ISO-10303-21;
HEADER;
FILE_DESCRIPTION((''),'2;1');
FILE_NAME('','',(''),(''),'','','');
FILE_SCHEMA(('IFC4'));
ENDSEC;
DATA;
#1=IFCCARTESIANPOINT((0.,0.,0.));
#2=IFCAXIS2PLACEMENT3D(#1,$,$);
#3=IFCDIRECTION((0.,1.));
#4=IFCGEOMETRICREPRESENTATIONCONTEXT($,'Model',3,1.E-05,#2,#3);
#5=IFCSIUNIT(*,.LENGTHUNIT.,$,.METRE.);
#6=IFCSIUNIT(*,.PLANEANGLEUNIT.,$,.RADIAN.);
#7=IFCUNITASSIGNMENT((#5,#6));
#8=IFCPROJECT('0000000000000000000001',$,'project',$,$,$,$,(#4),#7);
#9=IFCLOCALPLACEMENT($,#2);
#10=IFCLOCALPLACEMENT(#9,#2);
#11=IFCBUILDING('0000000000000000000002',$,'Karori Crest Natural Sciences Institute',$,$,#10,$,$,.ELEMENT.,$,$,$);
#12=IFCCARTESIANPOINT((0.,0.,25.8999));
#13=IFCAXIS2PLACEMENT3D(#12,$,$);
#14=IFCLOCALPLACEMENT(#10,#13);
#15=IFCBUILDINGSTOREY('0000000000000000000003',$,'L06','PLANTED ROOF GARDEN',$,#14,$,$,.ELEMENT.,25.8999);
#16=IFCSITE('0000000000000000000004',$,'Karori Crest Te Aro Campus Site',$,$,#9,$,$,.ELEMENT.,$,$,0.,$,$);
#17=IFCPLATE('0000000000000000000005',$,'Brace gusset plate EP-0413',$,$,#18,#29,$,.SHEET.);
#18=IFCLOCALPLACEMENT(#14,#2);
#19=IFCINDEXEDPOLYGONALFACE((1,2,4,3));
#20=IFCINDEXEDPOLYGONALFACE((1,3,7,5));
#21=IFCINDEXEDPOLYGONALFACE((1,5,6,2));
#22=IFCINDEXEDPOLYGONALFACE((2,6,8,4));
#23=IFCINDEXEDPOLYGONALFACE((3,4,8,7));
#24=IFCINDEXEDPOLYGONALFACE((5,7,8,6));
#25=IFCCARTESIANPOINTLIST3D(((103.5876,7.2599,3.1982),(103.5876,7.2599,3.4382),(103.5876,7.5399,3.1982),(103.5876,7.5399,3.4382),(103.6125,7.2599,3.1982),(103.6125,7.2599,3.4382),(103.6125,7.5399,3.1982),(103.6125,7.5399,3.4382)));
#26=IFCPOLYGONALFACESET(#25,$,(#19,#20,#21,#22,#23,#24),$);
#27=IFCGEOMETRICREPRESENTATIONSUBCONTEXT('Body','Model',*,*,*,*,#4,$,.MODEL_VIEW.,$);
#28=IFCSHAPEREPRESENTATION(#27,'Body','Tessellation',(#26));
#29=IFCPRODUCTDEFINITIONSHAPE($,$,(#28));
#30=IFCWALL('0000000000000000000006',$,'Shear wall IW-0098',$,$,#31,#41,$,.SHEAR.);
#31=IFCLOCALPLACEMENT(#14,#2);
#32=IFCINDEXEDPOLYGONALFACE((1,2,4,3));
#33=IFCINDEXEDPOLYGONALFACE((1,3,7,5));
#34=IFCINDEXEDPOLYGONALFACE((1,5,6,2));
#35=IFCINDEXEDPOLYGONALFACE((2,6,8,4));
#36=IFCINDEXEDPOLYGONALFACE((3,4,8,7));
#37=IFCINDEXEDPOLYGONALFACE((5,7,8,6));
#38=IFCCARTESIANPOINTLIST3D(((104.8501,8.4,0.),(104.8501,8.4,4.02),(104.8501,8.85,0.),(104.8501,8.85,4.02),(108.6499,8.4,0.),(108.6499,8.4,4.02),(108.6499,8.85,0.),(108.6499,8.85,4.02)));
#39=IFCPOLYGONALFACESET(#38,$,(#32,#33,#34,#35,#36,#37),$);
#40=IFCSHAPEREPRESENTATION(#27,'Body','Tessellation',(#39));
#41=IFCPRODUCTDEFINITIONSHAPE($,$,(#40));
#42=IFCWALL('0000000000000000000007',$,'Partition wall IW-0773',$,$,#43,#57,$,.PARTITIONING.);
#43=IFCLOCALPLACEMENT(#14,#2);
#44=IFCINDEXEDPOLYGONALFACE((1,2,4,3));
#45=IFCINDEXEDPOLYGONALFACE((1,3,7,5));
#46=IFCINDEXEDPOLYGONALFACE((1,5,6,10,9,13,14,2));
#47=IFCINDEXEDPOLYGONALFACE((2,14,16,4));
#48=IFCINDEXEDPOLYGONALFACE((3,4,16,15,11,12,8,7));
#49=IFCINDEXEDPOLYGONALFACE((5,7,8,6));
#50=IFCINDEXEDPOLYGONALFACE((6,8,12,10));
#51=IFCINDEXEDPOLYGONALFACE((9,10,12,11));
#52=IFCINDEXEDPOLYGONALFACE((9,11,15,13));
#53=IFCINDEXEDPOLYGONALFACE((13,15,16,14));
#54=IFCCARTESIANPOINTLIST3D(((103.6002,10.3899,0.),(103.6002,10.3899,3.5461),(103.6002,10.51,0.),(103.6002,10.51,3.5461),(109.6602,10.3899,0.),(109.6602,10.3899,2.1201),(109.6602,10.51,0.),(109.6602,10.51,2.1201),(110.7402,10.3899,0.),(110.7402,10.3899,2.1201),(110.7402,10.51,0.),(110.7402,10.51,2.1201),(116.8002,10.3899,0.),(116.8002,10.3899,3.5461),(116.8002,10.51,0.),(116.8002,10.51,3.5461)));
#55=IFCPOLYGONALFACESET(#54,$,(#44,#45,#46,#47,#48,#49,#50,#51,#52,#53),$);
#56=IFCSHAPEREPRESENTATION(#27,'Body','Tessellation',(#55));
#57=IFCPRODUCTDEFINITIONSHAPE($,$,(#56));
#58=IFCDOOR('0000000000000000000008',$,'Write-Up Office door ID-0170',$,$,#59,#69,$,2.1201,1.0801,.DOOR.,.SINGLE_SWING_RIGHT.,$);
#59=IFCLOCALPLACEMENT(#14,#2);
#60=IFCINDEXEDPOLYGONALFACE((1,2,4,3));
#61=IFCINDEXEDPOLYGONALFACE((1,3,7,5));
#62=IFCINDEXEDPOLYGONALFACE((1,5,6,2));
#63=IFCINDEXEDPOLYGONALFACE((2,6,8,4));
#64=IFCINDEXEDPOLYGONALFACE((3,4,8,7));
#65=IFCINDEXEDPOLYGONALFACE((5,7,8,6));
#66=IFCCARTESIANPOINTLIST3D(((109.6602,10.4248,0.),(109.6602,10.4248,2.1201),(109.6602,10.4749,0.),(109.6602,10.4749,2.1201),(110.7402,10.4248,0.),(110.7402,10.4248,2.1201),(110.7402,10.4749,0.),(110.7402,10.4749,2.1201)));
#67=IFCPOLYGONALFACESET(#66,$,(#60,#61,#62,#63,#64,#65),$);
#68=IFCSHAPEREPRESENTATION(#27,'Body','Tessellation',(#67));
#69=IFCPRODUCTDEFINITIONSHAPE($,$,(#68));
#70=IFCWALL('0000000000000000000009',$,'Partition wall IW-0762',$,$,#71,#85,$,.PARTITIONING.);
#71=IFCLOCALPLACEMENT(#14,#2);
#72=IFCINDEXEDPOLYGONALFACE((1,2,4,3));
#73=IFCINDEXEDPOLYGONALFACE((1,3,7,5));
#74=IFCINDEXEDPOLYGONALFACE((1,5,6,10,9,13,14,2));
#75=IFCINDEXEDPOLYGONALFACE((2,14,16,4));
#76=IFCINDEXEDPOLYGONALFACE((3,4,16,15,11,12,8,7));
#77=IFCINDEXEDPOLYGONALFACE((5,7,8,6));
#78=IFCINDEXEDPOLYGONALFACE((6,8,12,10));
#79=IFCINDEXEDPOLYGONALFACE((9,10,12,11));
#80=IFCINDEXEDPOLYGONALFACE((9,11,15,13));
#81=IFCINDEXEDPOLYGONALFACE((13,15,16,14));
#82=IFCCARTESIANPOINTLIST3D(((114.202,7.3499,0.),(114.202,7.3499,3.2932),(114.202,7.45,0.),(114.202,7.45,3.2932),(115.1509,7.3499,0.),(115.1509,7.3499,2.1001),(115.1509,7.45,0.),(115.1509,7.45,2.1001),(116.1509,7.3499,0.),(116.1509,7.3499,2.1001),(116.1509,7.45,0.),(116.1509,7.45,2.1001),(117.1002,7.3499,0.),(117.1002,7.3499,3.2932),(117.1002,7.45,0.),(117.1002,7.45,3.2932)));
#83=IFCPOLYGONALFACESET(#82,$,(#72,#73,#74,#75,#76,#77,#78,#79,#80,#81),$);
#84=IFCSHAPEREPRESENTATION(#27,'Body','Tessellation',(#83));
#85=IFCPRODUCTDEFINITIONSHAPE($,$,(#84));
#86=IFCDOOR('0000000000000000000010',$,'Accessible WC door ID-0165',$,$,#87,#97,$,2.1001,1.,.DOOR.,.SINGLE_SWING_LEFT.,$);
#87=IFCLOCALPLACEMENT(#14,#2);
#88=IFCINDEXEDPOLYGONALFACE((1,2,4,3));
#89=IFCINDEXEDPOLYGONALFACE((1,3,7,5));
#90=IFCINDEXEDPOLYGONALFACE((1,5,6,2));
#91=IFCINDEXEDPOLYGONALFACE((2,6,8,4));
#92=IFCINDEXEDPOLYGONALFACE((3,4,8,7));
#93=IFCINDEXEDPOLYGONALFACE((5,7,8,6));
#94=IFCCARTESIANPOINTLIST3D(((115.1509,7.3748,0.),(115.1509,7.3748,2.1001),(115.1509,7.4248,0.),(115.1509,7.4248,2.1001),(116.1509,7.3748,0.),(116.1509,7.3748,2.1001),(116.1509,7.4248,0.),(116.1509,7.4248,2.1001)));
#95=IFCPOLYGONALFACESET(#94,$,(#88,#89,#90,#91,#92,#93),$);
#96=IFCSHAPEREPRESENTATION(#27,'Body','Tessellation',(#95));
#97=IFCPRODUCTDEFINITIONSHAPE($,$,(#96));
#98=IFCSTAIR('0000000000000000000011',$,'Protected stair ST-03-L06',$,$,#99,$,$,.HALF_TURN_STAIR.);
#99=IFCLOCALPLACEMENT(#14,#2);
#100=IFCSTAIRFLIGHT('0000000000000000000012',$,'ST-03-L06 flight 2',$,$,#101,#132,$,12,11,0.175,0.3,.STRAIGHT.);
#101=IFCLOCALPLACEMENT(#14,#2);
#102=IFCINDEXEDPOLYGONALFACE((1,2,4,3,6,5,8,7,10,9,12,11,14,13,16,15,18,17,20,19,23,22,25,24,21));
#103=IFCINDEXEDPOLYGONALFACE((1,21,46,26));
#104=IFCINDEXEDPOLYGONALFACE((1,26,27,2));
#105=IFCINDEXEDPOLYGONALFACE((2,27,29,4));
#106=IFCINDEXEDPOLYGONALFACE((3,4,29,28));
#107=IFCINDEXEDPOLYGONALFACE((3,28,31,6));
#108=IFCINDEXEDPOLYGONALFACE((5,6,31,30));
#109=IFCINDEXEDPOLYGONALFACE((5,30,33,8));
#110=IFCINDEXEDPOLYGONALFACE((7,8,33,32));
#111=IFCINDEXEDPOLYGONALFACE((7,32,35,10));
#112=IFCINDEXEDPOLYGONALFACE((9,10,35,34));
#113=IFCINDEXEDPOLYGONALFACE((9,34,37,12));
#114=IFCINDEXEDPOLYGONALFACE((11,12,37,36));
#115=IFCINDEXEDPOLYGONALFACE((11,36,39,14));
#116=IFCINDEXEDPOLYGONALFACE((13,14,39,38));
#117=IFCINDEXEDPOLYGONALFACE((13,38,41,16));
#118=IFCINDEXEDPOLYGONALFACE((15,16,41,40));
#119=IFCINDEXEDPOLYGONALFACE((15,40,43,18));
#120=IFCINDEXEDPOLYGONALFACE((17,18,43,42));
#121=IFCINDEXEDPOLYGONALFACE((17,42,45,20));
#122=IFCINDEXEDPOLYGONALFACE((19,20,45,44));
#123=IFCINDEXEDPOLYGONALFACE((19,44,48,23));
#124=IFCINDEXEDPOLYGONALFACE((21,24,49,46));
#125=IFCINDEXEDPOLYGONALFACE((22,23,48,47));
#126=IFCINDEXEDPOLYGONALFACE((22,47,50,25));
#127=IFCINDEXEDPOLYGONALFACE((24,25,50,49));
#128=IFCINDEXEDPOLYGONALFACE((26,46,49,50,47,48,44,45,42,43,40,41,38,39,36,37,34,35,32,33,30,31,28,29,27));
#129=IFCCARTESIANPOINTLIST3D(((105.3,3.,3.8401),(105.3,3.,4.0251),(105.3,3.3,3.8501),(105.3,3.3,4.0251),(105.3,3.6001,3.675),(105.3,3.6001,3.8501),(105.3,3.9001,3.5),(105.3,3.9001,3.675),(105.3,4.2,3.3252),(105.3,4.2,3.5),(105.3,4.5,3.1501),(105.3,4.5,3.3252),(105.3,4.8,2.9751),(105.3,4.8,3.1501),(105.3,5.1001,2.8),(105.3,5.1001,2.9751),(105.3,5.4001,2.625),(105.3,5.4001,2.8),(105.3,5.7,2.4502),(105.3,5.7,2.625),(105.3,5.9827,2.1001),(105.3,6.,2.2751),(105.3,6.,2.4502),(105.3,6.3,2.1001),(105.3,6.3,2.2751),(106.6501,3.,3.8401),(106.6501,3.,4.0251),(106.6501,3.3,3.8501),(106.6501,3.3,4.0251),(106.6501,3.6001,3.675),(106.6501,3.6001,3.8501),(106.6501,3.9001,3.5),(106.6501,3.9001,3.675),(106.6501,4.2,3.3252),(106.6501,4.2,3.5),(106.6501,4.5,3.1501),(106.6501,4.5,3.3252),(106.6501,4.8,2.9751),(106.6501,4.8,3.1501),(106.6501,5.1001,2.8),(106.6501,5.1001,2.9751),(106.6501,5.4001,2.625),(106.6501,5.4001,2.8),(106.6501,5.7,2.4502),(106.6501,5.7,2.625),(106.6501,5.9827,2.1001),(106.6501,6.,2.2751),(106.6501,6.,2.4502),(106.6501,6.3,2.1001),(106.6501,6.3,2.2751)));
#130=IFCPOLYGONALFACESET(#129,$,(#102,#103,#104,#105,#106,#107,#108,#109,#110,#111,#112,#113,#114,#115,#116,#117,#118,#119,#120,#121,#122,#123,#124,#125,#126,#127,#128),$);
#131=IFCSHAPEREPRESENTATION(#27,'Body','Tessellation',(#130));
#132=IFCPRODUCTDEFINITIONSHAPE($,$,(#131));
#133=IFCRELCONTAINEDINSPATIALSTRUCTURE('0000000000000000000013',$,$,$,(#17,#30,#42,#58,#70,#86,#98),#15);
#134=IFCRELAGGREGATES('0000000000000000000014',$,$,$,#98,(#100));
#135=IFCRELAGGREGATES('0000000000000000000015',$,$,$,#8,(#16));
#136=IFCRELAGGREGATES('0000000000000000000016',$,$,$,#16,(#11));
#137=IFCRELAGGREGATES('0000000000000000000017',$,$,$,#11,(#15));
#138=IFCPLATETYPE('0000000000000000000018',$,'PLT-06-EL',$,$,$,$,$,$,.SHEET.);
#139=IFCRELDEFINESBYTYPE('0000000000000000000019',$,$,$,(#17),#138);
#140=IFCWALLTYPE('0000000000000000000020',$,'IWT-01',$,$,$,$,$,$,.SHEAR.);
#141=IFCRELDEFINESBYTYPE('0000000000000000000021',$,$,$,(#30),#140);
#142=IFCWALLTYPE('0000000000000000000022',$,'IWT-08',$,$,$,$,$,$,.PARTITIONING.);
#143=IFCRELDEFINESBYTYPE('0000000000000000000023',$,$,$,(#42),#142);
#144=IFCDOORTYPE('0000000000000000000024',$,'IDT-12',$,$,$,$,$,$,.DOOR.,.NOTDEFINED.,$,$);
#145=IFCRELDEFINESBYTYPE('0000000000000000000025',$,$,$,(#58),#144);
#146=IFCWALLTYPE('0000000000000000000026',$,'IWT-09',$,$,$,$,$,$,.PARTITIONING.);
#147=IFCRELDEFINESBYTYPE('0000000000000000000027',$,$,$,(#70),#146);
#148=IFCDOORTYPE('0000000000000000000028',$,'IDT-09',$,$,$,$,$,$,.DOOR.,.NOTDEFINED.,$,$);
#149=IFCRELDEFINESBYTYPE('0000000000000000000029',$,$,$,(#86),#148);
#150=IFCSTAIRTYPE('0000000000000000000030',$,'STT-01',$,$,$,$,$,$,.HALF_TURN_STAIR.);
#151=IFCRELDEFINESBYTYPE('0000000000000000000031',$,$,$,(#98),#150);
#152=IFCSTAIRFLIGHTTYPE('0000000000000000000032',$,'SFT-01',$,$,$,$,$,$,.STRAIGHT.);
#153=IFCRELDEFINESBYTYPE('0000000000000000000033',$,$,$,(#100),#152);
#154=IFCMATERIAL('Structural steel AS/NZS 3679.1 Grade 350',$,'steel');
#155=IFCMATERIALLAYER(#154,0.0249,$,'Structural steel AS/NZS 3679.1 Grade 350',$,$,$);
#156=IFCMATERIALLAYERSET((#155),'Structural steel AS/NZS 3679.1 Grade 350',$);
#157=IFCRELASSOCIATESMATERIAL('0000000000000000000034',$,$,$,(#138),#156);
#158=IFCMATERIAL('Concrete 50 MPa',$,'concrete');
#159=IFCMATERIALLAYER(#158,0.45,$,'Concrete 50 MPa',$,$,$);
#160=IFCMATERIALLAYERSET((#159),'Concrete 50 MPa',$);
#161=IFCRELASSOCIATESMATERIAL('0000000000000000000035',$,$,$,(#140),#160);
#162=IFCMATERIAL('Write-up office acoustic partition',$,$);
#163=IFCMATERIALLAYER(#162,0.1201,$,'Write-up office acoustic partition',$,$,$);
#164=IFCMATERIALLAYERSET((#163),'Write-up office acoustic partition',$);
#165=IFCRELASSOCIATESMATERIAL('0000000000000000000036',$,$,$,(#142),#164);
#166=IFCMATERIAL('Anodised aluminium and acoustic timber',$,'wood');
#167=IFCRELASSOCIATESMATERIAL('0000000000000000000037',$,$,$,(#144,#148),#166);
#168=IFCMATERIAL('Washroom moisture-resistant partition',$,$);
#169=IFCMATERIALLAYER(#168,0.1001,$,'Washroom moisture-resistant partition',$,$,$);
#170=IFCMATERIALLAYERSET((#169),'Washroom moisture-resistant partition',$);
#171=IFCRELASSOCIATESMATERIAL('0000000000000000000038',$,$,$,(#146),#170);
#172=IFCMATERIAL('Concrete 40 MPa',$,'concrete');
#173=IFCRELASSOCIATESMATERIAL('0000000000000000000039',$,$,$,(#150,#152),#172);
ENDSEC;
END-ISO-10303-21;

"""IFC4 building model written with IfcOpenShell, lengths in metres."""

from ifc_helpers import new_model, si_unit, direction, frame, frame_2d, origin, origin_2d, place, context, subcontext, project, spatial, polyline, rectangle, outline, extrude, material, layer, layer_set, type_object, element, fill, aggregate, save


model = new_model("IFC4")

# Units and contexts
model_context = context("Model", 3, precision=1e-05, world=origin(), true_north=direction((0.0, 1.0)))
body_context = subcontext(model_context, "Body", "Model", "MODEL_VIEW")
ifc_project = project(units=[si_unit("LENGTHUNIT", "METRE"), si_unit("PLANEANGLEUNIT", "RADIAN")], contexts=[model_context])

# Site, building, storey
site_placement = place(None, origin())
site = spatial("IfcSite", under=ifc_project, at=site_placement, Name="Karori Crest Te Aro Campus Site", CompositionType="ELEMENT", RefElevation=0.0)
building_placement = place(site_placement, origin())
building = spatial("IfcBuilding", under=site, at=building_placement, Name="Karori Crest Natural Sciences Institute", CompositionType="ELEMENT")
storey_placement = place(building_placement, frame((0.0, 0.0, 25.8999)))
storey = spatial("IfcBuildingStorey", under=building, at=storey_placement, Name="L06", Description="PLANTED ROOF GARDEN", CompositionType="ELEMENT", Elevation=25.8999)

# Shared definitions
ifc_material_1 = material(Name="Structural steel AS/NZS 3679.1 Grade 350", Category="steel")

# Plate
ifc_layer_1 = layer(ifc_material_1, 0.0249, Name="Structural steel AS/NZS 3679.1 Grade 350")
ifc_layer_set_1 = layer_set([ifc_layer_1], Name="Structural steel AS/NZS 3679.1 Grade 350")
plate_type = type_object("IfcPlateType", Name="PLT-06-EL", PredefinedType="SHEET", material=ifc_layer_set_1)
plate_placement = place(storey_placement, frame((103.6001, 7.3999, 3.1982), z_axis=(0.0, 0.0, 1.0), x_axis=(0.0, 1.0, 0.0)))
element("IfcPlate", 1, at=plate_placement, inside=storey, type_object=plate_type, Name="Brace gusset plate EP-0413", PredefinedType="SHEET", context=body_context, shape_type="SweptSolid", body=[
    extrude(rectangle(XDim=0.28, YDim=0.0249, at=origin_2d()), origin(), (0.0, 0.0, 1.0), 0.24),
])

# Wall
ifc_material_2 = material(Name="Concrete 50 MPa", Category="concrete")
ifc_layer_2 = layer(ifc_material_2, 0.45, Name="Concrete 50 MPa")
ifc_layer_set_2 = layer_set([ifc_layer_2], Name="Concrete 50 MPa")
wall_type_1 = type_object("IfcWallType", Name="IWT-01", PredefinedType="SHEAR", material=ifc_layer_set_2)
wall_1_placement = place(storey_placement, frame((104.8501, 8.625, 0.0), z_axis=(0.0, 0.0, 1.0), x_axis=(1.0, 0.0, 0.0)))
element("IfcWall", 2, at=wall_1_placement, inside=storey, type_object=wall_type_1, Name="Shear wall IW-0098", PredefinedType="SHEAR", context=body_context, shape_type="SweptSolid", body=[
    extrude(rectangle(XDim=3.7998, YDim=0.45, at=frame_2d((1.8999, 0.0))), origin(), (0.0, 0.0, 1.0), 4.02),
])

# Walls, openings, doors
ifc_material_3 = material(Name="Concrete 40 MPa", Category="concrete")
ifc_material_4 = material(Name="Write-up office acoustic partition")
ifc_layer_3 = layer(ifc_material_4, 0.1201, Name="Write-up office acoustic partition")
ifc_layer_set_3 = layer_set([ifc_layer_3], Name="Write-up office acoustic partition")
wall_type_2 = type_object("IfcWallType", Name="IWT-08", PredefinedType="PARTITIONING", material=ifc_layer_set_3)
wall_2_placement = place(storey_placement, frame((103.6001, 10.45, 0.0), z_axis=(0.0, 0.0, 1.0), x_axis=(1.0, 0.0, 0.0)))
wall_2 = element("IfcWall", 3, at=wall_2_placement, inside=storey, type_object=wall_type_2, Name="Partition wall IW-0773", PredefinedType="PARTITIONING", context=body_context, shape_type="SweptSolid", body=[
    extrude(rectangle(XDim=13.2, YDim=0.1201, at=frame_2d((6.6001, 0.0))), origin(), (0.0, 0.0, 1.0), 3.5461),
])
opening_1_placement = place(wall_2_placement, frame((6.0601, 0.0, 0.0)))
opening_1 = element("IfcOpeningElement", 4, at=opening_1_placement, cuts=wall_2, PredefinedType="OPENING", context=body_context, shape_type="SweptSolid", body=[
    extrude(rectangle(XDim=1.0801, YDim=2.1201, at=frame_2d((0.54, 1.0601))), frame((0.0, 0.0701, 0.0), z_axis=(0.0, -1.0, 0.0), x_axis=(1.0, 0.0, 0.0)), (0.0, 0.0, 1.0), 0.1401),
])
ifc_material_5 = material(Name="Anodised aluminium and acoustic timber", Category="wood")
door_type_1 = type_object("IfcDoorType", Name="IDT-12", OperationType="NOTDEFINED", PredefinedType="DOOR", material=ifc_material_5)
door_1_placement = place(opening_1_placement, origin())
door_1 = element("IfcDoor", 5, at=door_1_placement, inside=storey, type_object=door_type_1, Name="Write-Up Office door ID-0170", OperationType="SINGLE_SWING_RIGHT", OverallHeight=2.1201, OverallWidth=1.0801, PredefinedType="DOOR", context=body_context, shape_type="SweptSolid", body=[
    extrude(rectangle(XDim=1.0801, YDim=2.1201, at=frame_2d((0.54, 1.0601))), frame((0.0, 0.0249, 0.0), z_axis=(0.0, -1.0, 0.0), x_axis=(1.0, 0.0, 0.0)), (0.0, 0.0, 1.0), 0.05),
])
fill(opening_1, door_1)
ifc_material_6 = material(Name="Washroom moisture-resistant partition")
ifc_layer_4 = layer(ifc_material_6, 0.1001, Name="Washroom moisture-resistant partition")
ifc_layer_set_4 = layer_set([ifc_layer_4], Name="Washroom moisture-resistant partition")
wall_type_3 = type_object("IfcWallType", Name="IWT-09", PredefinedType="PARTITIONING", material=ifc_layer_set_4)
wall_3_placement = place(storey_placement, frame((114.2019, 7.3999, 0.0), z_axis=(0.0, 0.0, 1.0), x_axis=(1.0, 0.0, 0.0)))
wall_3 = element("IfcWall", 6, at=wall_3_placement, inside=storey, type_object=wall_type_3, Name="Partition wall IW-0762", PredefinedType="PARTITIONING", context=body_context, shape_type="SweptSolid", body=[
    extrude(rectangle(XDim=2.8982, YDim=0.1001, at=frame_2d((1.4492, 0.0))), origin(), (0.0, 0.0, 1.0), 3.2932),
])
opening_2_placement = place(wall_3_placement, frame((0.949, 0.0, 0.0)))
opening_2 = element("IfcOpeningElement", 7, at=opening_2_placement, cuts=wall_3, PredefinedType="OPENING", context=body_context, shape_type="SweptSolid", body=[
    extrude(rectangle(XDim=1.0, YDim=2.1001, at=frame_2d((0.5, 1.05))), frame((0.0, 0.0601, 0.0), z_axis=(0.0, -1.0, 0.0), x_axis=(1.0, 0.0, 0.0)), (0.0, 0.0, 1.0), 0.1201),
])
door_type_2 = type_object("IfcDoorType", Name="IDT-09", OperationType="NOTDEFINED", PredefinedType="DOOR", material=ifc_material_5)
door_2_placement = place(opening_2_placement, origin())
door_2 = element("IfcDoor", 8, at=door_2_placement, inside=storey, type_object=door_type_2, Name="Accessible WC door ID-0165", OperationType="SINGLE_SWING_LEFT", OverallHeight=2.1001, OverallWidth=1.0, PredefinedType="DOOR", context=body_context, shape_type="SweptSolid", body=[
    extrude(rectangle(XDim=1.0, YDim=2.1001, at=frame_2d((0.5, 1.05))), frame((0.0, 0.0249, 0.0), z_axis=(0.0, -1.0, 0.0), x_axis=(1.0, 0.0, 0.0)), (0.0, 0.0, 1.0), 0.05),
])
fill(opening_2, door_2)

# Stair, stair flight
stair_type = type_object("IfcStairType", Name="STT-01", PredefinedType="HALF_TURN_STAIR", material=ifc_material_3)
stair_placement = place(storey_placement, origin())
stair = element("IfcStair", 9, at=stair_placement, inside=storey, type_object=stair_type, Name="Protected stair ST-03-L06", PredefinedType="HALF_TURN_STAIR")
stair_flight_type = type_object("IfcStairFlightType", Name="SFT-01", PredefinedType="STRAIGHT", material=ifc_material_3)
stair_flight_placement = place(storey_placement, frame((105.9751, 6.3, 2.1001), z_axis=(0.0, 0.0, 1.0), x_axis=(0.0, -1.0, 0.0)))
stair_flight = element("IfcStairFlight", 10, at=stair_flight_placement, type_object=stair_flight_type, Name="ST-03-L06 flight 2", NumberOfRisers=12, NumberOfTreads=11, PredefinedType="STRAIGHT", RiserHeight=0.175, TreadLength=0.3, context=body_context, shape_type="SweptSolid", body=[
    extrude(outline(polyline([(0.0, 0.0), (0.0, 0.175), (0.3, 0.175), (0.3, 0.3501), (0.6001, 0.3501), (0.6001, 0.5249), (0.8999, 0.5249), (0.8999, 0.7), (1.2, 0.7), (1.2, 0.875), (1.5, 0.875), (1.5, 1.05), (1.8, 1.05), (1.8, 1.2251), (2.1001, 1.2251), (2.1001, 1.3999), (2.3999, 1.3999), (2.3999, 1.575), (2.7, 1.575), (2.7, 1.75), (3.0, 1.75), (3.0, 1.925), (3.3, 1.925), (3.3, 2.1001), (3.3, 1.74), (0.3174, 0.0), (0.0, 0.0)])), frame((0.0, 0.675, 0.0), z_axis=(0.0, -1.0, 0.0), x_axis=(1.0, 0.0, 0.0)), (0.0, 0.0, 1.0), 1.3501),
])
aggregate(stair, [stair_flight])

save(model, "model.ifc")
